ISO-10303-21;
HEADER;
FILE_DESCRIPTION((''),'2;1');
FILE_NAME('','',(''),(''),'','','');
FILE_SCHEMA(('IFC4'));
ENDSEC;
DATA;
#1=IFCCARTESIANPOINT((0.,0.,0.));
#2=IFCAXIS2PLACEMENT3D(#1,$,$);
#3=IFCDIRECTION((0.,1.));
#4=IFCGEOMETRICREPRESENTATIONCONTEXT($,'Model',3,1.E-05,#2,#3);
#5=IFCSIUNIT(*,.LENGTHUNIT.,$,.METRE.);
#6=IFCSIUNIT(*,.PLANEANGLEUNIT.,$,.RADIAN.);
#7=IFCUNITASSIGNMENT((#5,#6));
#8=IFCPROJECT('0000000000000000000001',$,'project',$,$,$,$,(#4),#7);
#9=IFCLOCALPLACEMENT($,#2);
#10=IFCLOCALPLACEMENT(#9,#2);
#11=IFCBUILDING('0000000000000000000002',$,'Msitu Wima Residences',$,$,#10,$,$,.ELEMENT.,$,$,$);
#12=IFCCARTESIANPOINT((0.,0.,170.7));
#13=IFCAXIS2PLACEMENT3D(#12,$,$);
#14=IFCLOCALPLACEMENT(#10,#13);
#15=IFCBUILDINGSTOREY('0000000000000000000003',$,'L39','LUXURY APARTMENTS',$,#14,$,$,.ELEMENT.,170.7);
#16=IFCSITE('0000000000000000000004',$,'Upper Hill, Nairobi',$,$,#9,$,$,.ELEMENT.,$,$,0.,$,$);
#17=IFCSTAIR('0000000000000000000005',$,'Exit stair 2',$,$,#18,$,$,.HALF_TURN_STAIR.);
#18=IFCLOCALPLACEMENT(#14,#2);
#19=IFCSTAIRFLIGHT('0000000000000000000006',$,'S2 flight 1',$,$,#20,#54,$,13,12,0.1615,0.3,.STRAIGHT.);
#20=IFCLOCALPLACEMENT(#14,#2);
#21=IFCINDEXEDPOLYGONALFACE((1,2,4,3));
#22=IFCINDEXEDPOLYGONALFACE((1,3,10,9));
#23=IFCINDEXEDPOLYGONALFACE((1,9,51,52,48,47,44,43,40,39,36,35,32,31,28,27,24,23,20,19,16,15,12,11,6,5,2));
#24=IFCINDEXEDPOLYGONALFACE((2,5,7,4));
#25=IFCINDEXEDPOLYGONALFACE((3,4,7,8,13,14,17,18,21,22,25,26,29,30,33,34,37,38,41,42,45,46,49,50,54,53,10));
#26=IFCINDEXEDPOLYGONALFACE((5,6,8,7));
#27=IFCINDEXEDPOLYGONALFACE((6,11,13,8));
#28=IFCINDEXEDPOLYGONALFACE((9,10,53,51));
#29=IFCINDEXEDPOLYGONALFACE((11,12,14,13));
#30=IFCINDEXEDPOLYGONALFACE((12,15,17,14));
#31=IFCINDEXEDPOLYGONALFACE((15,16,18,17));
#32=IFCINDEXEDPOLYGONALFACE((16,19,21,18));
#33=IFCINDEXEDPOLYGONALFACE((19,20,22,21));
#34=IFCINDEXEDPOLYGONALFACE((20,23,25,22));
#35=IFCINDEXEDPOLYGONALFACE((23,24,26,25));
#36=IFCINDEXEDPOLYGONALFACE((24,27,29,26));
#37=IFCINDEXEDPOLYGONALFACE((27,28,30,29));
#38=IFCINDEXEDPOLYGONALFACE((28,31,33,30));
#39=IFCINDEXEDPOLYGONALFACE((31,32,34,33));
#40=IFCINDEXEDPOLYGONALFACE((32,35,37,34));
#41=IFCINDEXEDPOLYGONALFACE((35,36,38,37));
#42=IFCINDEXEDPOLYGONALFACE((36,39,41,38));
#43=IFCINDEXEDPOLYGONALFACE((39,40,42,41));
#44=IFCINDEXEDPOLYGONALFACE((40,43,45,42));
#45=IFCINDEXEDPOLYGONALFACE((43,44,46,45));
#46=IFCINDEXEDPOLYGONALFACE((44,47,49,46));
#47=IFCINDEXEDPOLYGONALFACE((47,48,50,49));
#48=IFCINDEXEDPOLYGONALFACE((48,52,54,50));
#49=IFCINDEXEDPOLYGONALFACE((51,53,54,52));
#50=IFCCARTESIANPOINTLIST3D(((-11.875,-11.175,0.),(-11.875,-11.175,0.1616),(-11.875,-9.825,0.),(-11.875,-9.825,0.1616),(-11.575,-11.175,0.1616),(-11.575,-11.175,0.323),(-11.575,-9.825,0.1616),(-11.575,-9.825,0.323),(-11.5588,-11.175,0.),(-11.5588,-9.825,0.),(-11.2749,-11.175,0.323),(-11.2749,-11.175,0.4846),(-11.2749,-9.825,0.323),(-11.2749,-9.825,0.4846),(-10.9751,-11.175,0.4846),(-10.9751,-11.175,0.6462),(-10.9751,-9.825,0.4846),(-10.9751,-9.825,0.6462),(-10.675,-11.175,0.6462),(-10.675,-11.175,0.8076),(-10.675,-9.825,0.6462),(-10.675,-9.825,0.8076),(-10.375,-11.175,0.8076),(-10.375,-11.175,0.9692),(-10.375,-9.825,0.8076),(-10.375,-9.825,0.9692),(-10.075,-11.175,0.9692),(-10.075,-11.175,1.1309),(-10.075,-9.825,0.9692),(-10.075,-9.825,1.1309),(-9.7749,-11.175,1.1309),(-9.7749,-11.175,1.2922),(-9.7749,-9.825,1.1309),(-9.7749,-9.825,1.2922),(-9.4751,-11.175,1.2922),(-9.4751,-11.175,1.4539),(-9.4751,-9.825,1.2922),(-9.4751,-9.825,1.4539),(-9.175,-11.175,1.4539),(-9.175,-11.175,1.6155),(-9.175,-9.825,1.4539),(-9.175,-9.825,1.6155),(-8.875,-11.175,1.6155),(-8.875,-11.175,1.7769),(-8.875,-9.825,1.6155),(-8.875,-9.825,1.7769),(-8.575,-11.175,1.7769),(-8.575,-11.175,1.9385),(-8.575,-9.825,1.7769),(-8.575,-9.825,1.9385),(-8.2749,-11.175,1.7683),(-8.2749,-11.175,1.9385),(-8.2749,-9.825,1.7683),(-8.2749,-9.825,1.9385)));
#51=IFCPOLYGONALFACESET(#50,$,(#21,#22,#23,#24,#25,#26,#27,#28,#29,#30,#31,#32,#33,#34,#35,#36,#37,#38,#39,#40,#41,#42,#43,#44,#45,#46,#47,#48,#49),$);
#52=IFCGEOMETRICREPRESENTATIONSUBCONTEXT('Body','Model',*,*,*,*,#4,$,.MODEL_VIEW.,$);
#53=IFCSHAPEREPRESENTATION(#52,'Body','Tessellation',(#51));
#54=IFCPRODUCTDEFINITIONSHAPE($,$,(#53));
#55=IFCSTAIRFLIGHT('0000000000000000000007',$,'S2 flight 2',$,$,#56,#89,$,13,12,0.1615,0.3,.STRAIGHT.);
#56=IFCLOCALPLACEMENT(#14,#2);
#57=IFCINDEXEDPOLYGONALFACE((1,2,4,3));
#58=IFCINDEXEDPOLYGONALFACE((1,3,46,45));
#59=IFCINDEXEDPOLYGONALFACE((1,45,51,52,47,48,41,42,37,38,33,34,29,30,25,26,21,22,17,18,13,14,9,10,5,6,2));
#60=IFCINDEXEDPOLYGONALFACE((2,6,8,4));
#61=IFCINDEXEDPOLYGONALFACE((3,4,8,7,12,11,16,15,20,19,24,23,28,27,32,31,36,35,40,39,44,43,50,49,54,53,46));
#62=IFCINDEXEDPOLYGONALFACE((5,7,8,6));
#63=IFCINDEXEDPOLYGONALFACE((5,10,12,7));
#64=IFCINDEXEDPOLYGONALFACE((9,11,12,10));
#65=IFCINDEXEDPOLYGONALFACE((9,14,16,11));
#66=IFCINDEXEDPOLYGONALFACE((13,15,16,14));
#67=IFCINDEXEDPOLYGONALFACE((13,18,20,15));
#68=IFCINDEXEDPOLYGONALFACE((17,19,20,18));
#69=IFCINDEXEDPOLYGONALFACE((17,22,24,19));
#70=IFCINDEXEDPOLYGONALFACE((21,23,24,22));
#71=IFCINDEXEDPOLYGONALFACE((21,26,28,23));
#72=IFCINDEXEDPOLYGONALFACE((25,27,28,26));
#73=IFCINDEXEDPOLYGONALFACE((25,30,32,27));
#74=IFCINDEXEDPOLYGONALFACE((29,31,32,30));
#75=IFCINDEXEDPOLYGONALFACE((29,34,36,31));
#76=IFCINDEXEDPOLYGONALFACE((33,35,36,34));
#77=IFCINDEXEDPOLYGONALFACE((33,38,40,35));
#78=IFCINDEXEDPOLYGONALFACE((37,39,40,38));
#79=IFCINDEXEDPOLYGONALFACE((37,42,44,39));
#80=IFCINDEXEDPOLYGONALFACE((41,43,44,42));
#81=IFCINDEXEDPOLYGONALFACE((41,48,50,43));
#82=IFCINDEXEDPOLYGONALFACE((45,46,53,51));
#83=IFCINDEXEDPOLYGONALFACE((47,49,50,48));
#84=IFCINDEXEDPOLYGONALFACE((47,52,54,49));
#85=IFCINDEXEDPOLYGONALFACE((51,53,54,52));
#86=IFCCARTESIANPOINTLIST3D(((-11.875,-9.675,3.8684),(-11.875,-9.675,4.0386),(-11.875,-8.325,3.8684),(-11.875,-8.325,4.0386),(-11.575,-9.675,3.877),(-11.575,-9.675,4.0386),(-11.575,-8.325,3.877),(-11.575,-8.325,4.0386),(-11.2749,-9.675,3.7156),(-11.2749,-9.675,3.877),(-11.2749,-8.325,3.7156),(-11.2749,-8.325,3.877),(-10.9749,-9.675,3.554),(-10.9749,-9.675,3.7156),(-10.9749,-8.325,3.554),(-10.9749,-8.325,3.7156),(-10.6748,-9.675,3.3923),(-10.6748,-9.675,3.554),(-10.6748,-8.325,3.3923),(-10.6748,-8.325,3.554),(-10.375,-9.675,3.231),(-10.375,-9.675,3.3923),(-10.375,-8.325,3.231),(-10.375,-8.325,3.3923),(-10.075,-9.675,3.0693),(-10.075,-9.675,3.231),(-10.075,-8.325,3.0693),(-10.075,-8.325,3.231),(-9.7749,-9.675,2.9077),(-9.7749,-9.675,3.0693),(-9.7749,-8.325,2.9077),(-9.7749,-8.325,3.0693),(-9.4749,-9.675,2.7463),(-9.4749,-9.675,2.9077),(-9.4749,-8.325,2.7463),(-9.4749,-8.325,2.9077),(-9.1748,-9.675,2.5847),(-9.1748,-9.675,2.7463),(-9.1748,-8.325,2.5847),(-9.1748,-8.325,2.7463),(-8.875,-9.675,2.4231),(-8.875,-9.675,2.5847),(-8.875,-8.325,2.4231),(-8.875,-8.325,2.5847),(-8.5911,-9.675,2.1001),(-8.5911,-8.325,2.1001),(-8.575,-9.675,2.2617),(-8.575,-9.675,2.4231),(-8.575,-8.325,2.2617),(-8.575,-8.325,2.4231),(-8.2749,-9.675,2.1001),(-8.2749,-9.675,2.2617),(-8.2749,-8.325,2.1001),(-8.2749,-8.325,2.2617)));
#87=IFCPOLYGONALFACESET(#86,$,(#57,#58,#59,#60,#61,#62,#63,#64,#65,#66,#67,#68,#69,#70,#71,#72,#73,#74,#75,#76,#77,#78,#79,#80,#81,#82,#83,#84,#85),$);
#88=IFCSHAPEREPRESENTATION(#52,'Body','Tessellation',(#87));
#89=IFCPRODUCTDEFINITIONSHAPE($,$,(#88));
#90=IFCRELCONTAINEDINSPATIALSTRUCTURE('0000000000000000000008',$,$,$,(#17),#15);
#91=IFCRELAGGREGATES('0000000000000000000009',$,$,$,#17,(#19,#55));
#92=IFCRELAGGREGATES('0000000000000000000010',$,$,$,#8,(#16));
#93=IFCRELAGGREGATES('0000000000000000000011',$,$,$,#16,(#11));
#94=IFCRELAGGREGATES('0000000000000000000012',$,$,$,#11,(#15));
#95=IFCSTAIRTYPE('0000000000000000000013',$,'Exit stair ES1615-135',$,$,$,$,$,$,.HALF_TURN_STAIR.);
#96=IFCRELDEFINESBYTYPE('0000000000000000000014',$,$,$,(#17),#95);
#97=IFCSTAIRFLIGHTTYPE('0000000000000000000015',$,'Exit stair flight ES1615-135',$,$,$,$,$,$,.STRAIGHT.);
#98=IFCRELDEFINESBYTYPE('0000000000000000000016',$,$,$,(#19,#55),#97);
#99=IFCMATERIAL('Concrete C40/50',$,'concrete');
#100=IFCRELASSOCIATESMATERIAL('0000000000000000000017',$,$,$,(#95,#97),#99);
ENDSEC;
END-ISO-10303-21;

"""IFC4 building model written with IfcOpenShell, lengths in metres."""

from ifc_helpers import new_model, si_unit, direction, frame, origin, place, context, subcontext, project, spatial, polyline, outline, extrude, material, type_object, element, aggregate, save


model = new_model("IFC4")

# Units and contexts
model_context = context("Model", 3, precision=1e-05, world=origin(), true_north=direction((0.0, 1.0)))
body_context = subcontext(model_context, "Body", "Model", "MODEL_VIEW")
ifc_project = project(units=[si_unit("LENGTHUNIT", "METRE"), si_unit("PLANEANGLEUNIT", "RADIAN")], contexts=[model_context])

# Site, building, storey
site_placement = place(None, origin())
site = spatial("IfcSite", under=ifc_project, at=site_placement, Name="Upper Hill, Nairobi", CompositionType="ELEMENT", RefElevation=0.0)
building_placement = place(site_placement, origin())
building = spatial("IfcBuilding", under=site, at=building_placement, Name="Msitu Wima Residences", CompositionType="ELEMENT")
storey_placement = place(building_placement, frame((0.0, 0.0, 170.7)))
storey = spatial("IfcBuildingStorey", under=building, at=storey_placement, Name="L39", Description="LUXURY APARTMENTS", CompositionType="ELEMENT", Elevation=170.7)

# Shared definitions
ifc_material_1 = material(Name="Concrete C40/50", Category="concrete")

# Stair, stair flights
stair_type = type_object("IfcStairType", Name="Exit stair ES1615-135", PredefinedType="HALF_TURN_STAIR", material=ifc_material_1)
stair_placement = place(storey_placement, origin())
stair = element("IfcStair", 1, at=stair_placement, inside=storey, type_object=stair_type, Name="Exit stair 2", PredefinedType="HALF_TURN_STAIR")
stair_flight_type = type_object("IfcStairFlightType", Name="Exit stair flight ES1615-135", PredefinedType="STRAIGHT", material=ifc_material_1)
stair_flight_1_placement = place(storey_placement, frame((-11.875, -10.5, 0.0), z_axis=(0.0, 0.0, 1.0), x_axis=(1.0, 0.0, 0.0)))
stair_flight_1 = element("IfcStairFlight", 2, at=stair_flight_1_placement, type_object=stair_flight_type, Name="S2 flight 1", NumberOfRisers=13, NumberOfTreads=12, PredefinedType="STRAIGHT", RiserHeight=0.1615, TreadLength=0.3, context=body_context, shape_type="SweptSolid", body=[
    extrude(outline(polyline([(0.0, 0.0), (0.0, 0.1616), (0.3, 0.1616), (0.3, 0.323), (0.6001, 0.323), (0.6001, 0.4846), (0.8999, 0.4846), (0.8999, 0.6462), (1.2, 0.6462), (1.2, 0.8076), (1.5, 0.8076), (1.5, 0.9692), (1.8, 0.9692), (1.8, 1.1309), (2.1001, 1.1309), (2.1001, 1.2922), (2.3999, 1.2922), (2.3999, 1.4539), (2.7, 1.4539), (2.7, 1.6155), (3.0, 1.6155), (3.0, 1.7769), (3.3, 1.7769), (3.3, 1.9385), (3.6001, 1.9385), (3.6001, 2.1001), (3.6001, 1.7683), (0.3162, 0.0), (0.0, 0.0)])), frame((0.0, 0.675, 0.0), z_axis=(0.0, -1.0, 0.0), x_axis=(1.0, 0.0, 0.0)), (0.0, 0.0, 1.0), 1.3501),
])
stair_flight_2_placement = place(storey_placement, frame((-8.2749, -9.0, 2.1001), z_axis=(0.0, 0.0, 1.0), x_axis=(-1.0, 0.0, 0.0)))
stair_flight_2 = element("IfcStairFlight", 3, at=stair_flight_2_placement, type_object=stair_flight_type, Name="S2 flight 2", NumberOfRisers=13, NumberOfTreads=12, PredefinedType="STRAIGHT", RiserHeight=0.1615, TreadLength=0.3, context=body_context, shape_type="SweptSolid", body=[
    extrude(outline(polyline([(0.0, 0.0), (0.0, 0.1616), (0.3, 0.1616), (0.3, 0.323), (0.6001, 0.323), (0.6001, 0.4846), (0.8999, 0.4846), (0.8999, 0.6462), (1.2, 0.6462), (1.2, 0.8076), (1.5, 0.8076), (1.5, 0.9692), (1.8, 0.9692), (1.8, 1.1309), (2.1001, 1.1309), (2.1001, 1.2922), (2.3999, 1.2922), (2.3999, 1.4539), (2.7, 1.4539), (2.7, 1.6155), (3.0, 1.6155), (3.0, 1.7769), (3.3, 1.7769), (3.3, 1.9385), (3.6001, 1.9385), (3.6001, 2.1001), (3.6001, 1.7683), (0.3162, 0.0), (0.0, 0.0)])), frame((0.0, 0.675, 0.0), z_axis=(0.0, -1.0, 0.0), x_axis=(1.0, 0.0, 0.0)), (0.0, 0.0, 1.0), 1.3501),
])
aggregate(stair, [stair_flight_1, stair_flight_2])

save(model, "model.ifc")
